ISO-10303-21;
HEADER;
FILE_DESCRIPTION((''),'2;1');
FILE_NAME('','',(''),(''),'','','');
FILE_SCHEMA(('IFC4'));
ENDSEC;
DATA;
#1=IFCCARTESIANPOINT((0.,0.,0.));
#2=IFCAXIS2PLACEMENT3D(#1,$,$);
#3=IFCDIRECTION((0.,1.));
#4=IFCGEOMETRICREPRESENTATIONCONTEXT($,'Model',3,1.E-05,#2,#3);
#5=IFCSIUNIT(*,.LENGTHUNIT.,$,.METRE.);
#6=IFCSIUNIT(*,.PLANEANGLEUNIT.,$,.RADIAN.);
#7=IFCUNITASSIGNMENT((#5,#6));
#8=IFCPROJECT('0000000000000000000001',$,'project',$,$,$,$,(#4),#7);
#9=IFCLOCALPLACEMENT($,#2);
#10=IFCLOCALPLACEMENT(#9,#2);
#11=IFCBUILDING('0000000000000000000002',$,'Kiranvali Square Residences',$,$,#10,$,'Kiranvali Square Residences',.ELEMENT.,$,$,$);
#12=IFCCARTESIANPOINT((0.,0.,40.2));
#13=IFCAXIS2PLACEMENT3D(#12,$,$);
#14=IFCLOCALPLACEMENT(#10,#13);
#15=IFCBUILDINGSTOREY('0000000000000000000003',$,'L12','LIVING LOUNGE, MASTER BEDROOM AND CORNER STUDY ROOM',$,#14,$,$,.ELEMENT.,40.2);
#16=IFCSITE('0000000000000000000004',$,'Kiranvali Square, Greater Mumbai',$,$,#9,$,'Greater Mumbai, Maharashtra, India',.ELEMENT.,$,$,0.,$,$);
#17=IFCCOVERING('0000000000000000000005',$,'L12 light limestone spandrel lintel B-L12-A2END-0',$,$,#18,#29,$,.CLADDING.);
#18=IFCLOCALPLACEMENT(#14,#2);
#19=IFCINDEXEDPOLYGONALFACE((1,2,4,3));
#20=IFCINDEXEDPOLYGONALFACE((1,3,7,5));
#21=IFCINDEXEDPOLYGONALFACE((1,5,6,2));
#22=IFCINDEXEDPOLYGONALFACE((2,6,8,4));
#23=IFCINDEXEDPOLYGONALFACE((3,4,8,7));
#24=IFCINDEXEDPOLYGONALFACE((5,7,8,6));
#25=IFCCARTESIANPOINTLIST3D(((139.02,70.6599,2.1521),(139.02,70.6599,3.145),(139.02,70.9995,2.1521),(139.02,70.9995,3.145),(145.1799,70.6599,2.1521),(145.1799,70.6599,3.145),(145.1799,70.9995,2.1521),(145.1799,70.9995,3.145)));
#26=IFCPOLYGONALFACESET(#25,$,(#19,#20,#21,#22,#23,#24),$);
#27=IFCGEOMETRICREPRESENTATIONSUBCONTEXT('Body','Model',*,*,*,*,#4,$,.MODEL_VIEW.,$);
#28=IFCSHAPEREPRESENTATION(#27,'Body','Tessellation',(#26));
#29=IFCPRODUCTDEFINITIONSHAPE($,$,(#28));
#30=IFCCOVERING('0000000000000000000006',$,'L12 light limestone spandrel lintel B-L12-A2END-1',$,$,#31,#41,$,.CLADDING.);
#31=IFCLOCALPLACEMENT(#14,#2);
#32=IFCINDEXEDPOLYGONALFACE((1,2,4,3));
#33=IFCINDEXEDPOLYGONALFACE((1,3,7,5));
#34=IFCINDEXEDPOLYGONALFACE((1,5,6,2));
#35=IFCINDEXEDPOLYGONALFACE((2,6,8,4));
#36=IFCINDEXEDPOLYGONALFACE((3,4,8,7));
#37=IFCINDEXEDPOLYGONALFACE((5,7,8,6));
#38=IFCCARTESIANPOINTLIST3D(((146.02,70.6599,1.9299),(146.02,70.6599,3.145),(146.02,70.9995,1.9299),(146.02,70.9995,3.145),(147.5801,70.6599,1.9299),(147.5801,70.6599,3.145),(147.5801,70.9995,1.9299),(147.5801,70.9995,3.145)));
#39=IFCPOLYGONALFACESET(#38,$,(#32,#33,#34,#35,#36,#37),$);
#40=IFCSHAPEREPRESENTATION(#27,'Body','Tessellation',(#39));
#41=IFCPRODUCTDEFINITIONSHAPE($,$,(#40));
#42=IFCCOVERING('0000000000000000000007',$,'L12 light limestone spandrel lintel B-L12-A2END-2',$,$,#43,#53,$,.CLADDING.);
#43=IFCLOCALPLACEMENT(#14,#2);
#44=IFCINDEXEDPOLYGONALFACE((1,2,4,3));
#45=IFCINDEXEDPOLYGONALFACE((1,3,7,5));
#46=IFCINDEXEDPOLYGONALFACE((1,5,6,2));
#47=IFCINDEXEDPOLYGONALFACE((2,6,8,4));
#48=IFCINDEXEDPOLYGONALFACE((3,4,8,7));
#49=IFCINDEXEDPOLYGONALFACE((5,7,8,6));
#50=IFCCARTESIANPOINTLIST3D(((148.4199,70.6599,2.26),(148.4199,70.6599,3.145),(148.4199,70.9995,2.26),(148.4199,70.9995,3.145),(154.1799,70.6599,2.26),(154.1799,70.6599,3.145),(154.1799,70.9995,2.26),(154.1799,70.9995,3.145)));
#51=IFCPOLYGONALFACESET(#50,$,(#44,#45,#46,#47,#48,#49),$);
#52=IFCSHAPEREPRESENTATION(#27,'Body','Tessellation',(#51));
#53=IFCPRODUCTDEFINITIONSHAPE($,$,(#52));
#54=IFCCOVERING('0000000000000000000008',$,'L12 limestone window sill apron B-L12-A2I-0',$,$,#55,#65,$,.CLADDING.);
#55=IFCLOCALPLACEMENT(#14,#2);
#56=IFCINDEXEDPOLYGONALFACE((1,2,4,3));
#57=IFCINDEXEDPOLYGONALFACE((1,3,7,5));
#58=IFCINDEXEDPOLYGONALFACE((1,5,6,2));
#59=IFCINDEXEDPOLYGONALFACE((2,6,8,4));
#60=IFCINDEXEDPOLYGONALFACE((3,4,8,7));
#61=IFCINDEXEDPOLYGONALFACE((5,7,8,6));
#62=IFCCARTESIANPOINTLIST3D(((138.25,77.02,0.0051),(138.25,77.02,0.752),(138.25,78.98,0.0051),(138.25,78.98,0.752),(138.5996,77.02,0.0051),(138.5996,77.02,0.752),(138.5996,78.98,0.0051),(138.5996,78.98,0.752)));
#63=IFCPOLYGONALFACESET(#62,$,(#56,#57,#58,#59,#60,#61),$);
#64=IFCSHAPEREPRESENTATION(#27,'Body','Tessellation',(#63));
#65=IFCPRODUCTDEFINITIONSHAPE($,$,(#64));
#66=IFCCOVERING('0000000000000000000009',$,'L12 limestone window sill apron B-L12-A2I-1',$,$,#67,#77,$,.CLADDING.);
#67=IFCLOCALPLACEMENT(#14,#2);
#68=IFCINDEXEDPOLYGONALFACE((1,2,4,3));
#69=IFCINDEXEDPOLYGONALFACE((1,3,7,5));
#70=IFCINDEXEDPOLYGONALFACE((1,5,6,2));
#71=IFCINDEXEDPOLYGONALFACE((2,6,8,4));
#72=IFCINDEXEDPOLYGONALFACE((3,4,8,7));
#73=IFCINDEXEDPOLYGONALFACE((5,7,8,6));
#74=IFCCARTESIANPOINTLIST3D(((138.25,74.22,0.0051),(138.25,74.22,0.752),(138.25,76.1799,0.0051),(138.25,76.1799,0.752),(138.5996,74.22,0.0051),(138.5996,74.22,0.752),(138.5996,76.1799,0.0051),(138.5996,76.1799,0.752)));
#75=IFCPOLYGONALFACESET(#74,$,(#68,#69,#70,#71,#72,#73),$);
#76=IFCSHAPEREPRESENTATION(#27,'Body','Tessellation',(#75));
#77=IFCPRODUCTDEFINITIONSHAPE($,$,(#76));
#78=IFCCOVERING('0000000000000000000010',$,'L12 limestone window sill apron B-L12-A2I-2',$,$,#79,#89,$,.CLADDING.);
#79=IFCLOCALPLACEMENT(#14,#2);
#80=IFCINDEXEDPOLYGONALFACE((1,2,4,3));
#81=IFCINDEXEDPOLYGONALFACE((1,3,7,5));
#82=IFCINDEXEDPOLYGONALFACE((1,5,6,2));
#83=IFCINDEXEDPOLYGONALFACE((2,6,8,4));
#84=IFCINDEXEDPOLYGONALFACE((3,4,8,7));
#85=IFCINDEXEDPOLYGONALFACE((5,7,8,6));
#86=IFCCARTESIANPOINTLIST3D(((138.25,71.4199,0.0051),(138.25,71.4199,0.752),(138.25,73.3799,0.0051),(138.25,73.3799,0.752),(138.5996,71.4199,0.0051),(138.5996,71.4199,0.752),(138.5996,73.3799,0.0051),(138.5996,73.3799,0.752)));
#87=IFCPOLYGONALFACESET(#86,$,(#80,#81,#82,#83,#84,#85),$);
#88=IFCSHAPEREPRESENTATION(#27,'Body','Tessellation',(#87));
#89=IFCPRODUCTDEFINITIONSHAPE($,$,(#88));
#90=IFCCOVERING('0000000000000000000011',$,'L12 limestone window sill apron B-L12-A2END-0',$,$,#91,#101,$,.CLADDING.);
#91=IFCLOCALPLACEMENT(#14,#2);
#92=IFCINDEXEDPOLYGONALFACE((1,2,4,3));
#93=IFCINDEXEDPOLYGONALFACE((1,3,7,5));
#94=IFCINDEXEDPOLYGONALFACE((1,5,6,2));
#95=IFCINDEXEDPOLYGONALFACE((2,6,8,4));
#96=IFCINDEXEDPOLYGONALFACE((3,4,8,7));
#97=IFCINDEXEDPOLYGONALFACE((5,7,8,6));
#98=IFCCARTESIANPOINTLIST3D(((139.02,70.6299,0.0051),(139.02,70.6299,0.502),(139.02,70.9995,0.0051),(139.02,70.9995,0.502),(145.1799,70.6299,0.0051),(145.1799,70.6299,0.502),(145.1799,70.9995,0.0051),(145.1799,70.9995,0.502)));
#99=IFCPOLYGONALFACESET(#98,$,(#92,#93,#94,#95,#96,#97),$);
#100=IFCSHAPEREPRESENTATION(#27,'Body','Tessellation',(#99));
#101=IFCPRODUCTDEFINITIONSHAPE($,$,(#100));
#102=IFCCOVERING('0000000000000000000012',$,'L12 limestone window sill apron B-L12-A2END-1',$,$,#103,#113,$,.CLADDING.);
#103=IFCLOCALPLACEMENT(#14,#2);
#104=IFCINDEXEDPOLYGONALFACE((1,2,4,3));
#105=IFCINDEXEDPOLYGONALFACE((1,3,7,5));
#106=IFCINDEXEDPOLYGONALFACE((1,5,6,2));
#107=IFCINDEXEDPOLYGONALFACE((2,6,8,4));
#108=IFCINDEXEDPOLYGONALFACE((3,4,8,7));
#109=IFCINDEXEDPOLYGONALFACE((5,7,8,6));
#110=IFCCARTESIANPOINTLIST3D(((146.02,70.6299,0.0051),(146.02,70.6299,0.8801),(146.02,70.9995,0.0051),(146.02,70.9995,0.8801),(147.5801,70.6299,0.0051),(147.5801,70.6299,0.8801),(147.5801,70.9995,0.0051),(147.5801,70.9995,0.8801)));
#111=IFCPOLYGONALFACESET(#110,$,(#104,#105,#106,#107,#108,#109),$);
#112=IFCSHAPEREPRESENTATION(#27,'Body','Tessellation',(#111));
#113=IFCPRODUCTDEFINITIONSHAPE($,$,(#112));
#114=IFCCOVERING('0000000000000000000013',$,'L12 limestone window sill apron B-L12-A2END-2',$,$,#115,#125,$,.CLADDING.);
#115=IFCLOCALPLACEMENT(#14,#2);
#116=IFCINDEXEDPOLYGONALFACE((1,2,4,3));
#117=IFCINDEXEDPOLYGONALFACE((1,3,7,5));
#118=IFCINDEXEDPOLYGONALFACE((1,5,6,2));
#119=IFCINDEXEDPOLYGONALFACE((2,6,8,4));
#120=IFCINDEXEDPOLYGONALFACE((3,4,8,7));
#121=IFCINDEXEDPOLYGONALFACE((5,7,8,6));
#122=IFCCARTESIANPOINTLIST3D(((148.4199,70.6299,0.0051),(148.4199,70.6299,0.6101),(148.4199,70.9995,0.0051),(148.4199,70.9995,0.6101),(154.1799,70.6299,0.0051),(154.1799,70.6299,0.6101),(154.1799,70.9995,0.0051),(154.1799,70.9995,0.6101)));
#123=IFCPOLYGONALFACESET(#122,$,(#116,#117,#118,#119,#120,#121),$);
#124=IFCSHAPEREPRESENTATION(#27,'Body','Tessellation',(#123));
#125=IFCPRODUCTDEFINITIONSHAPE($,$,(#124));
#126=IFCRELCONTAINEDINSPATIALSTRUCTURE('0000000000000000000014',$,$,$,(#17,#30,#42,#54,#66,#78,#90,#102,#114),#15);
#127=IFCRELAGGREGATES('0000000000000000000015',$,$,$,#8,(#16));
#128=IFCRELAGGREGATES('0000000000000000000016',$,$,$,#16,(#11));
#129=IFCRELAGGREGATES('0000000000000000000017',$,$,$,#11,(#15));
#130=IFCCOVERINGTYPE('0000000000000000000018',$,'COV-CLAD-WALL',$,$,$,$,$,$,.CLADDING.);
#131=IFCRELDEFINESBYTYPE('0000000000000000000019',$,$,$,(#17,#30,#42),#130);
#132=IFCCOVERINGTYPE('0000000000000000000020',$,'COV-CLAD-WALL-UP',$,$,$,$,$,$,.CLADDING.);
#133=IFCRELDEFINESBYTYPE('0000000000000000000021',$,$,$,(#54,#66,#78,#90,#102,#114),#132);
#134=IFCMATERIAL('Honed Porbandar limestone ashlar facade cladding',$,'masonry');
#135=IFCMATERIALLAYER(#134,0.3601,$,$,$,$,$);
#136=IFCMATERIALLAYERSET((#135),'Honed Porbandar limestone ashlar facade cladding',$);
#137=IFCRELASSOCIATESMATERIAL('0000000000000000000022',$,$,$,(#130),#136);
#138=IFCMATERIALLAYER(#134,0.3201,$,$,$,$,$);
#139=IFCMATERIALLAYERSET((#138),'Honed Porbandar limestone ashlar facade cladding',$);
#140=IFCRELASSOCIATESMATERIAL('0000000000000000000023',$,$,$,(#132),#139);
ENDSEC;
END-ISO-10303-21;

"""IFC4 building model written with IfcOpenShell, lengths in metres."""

from ifc_helpers import new_model, si_unit, direction, frame, origin, place, context, subcontext, project, spatial, polyline, outline, extrude, material, layer, layer_set, type_object, element, save


model = new_model("IFC4")

# Units and contexts
model_context = context("Model", 3, precision=1e-05, world=origin(), true_north=direction((0.0, 1.0)))
body_context = subcontext(model_context, "Body", "Model", "MODEL_VIEW")
ifc_project = project(units=[si_unit("LENGTHUNIT", "METRE"), si_unit("PLANEANGLEUNIT", "RADIAN")], contexts=[model_context])

# Site, building, storey
site_placement = place(None, origin())
site = spatial("IfcSite", under=ifc_project, at=site_placement, Name="Kiranvali Square, Greater Mumbai", LongName="Greater Mumbai, Maharashtra, India", CompositionType="ELEMENT", RefElevation=0.0)
building_placement = place(site_placement, origin())
building = spatial("IfcBuilding", under=site, at=building_placement, Name="Kiranvali Square Residences", LongName="Kiranvali Square Residences", CompositionType="ELEMENT")
storey_placement = place(building_placement, frame((0.0, 0.0, 40.2)))
storey = spatial("IfcBuildingStorey", under=building, at=storey_placement, Name="L12", Description="LIVING LOUNGE, MASTER BEDROOM AND CORNER STUDY ROOM", CompositionType="ELEMENT", Elevation=40.2)

# Coverings
ifc_material_1 = material(Name="Honed Porbandar limestone ashlar facade cladding", Category="masonry")
ifc_layer_1 = layer(ifc_material_1, 0.3601)
ifc_layer_set_1 = layer_set([ifc_layer_1], Name="Honed Porbandar limestone ashlar facade cladding")
covering_type_1 = type_object("IfcCoveringType", Name="COV-CLAD-WALL", PredefinedType="CLADDING", material=ifc_layer_set_1)
covering_1_placement = place(storey_placement, frame((0.0, 0.0, 2.1521)))
element("IfcCovering", 1, at=covering_1_placement, inside=storey, type_object=covering_type_1, Name="L12 light limestone spandrel lintel B-L12-A2END-0", PredefinedType="CLADDING", context=body_context, shape_type="SweptSolid", body=[
    extrude(outline(polyline([(139.02, 70.6599), (145.1799, 70.6599), (145.1799, 70.9995), (139.02, 70.9995), (139.02, 70.6599)])), origin(), (0.0, 0.0, 1.0), 0.9929),
])
covering_2_placement = place(storey_placement, frame((0.0, 0.0, 1.9299)))
element("IfcCovering", 2, at=covering_2_placement, inside=storey, type_object=covering_type_1, Name="L12 light limestone spandrel lintel B-L12-A2END-1", PredefinedType="CLADDING", context=body_context, shape_type="SweptSolid", body=[
    extrude(outline(polyline([(146.02, 70.6599), (147.5801, 70.6599), (147.5801, 70.9995), (146.02, 70.9995), (146.02, 70.6599)])), origin(), (0.0, 0.0, 1.0), 1.2151),
])
covering_3_placement = place(storey_placement, frame((0.0, 0.0, 2.26)))
element("IfcCovering", 3, at=covering_3_placement, inside=storey, type_object=covering_type_1, Name="L12 light limestone spandrel lintel B-L12-A2END-2", PredefinedType="CLADDING", context=body_context, shape_type="SweptSolid", body=[
    extrude(outline(polyline([(148.4199, 70.6599), (154.1799, 70.6599), (154.1799, 70.9995), (148.4199, 70.9995), (148.4199, 70.6599)])), origin(), (0.0, 0.0, 1.0), 0.885),
])
ifc_layer_2 = layer(ifc_material_1, 0.3201)
ifc_layer_set_2 = layer_set([ifc_layer_2], Name="Honed Porbandar limestone ashlar facade cladding")
covering_type_2 = type_object("IfcCoveringType", Name="COV-CLAD-WALL-UP", PredefinedType="CLADDING", material=ifc_layer_set_2)
covering_4_placement = place(storey_placement, frame((0.0, 0.0, 0.0051)))
element("IfcCovering", 4, at=covering_4_placement, inside=storey, type_object=covering_type_2, Name="L12 limestone window sill apron B-L12-A2I-0", PredefinedType="CLADDING", context=body_context, shape_type="SweptSolid", body=[
    extrude(outline(polyline([(138.25, 78.98), (138.25, 77.02), (138.5996, 77.02), (138.5996, 78.98), (138.25, 78.98)])), origin(), (0.0, 0.0, 1.0), 0.7468),
])
covering_5_placement = place(storey_placement, frame((0.0, 0.0, 0.0051)))
element("IfcCovering", 5, at=covering_5_placement, inside=storey, type_object=covering_type_2, Name="L12 limestone window sill apron B-L12-A2I-1", PredefinedType="CLADDING", context=body_context, shape_type="SweptSolid", body=[
    extrude(outline(polyline([(138.25, 76.1799), (138.25, 74.22), (138.5996, 74.22), (138.5996, 76.1799), (138.25, 76.1799)])), origin(), (0.0, 0.0, 1.0), 0.7468),
])
covering_6_placement = place(storey_placement, frame((0.0, 0.0, 0.0051)))
element("IfcCovering", 6, at=covering_6_placement, inside=storey, type_object=covering_type_2, Name="L12 limestone window sill apron B-L12-A2I-2", PredefinedType="CLADDING", context=body_context, shape_type="SweptSolid", body=[
    extrude(outline(polyline([(138.25, 73.3799), (138.25, 71.4199), (138.5996, 71.4199), (138.5996, 73.3799), (138.25, 73.3799)])), origin(), (0.0, 0.0, 1.0), 0.7468),
])
covering_7_placement = place(storey_placement, frame((0.0, 0.0, 0.0051)))
element("IfcCovering", 7, at=covering_7_placement, inside=storey, type_object=covering_type_2, Name="L12 limestone window sill apron B-L12-A2END-0", PredefinedType="CLADDING", context=body_context, shape_type="SweptSolid", body=[
    extrude(outline(polyline([(139.02, 70.6299), (145.1799, 70.6299), (145.1799, 70.9995), (139.02, 70.9995), (139.02, 70.6299)])), origin(), (0.0, 0.0, 1.0), 0.4968),
])
covering_8_placement = place(storey_placement, frame((0.0, 0.0, 0.0051)))
element("IfcCovering", 8, at=covering_8_placement, inside=storey, type_object=covering_type_2, Name="L12 limestone window sill apron B-L12-A2END-1", PredefinedType="CLADDING", context=body_context, shape_type="SweptSolid", body=[
    extrude(outline(polyline([(146.02, 70.6299), (147.5801, 70.6299), (147.5801, 70.9995), (146.02, 70.9995), (146.02, 70.6299)])), origin(), (0.0, 0.0, 1.0), 0.875),
])
covering_9_placement = place(storey_placement, frame((0.0, 0.0, 0.0051)))
element("IfcCovering", 9, at=covering_9_placement, inside=storey, type_object=covering_type_2, Name="L12 limestone window sill apron B-L12-A2END-2", PredefinedType="CLADDING", context=body_context, shape_type="SweptSolid", body=[
    extrude(outline(polyline([(148.4199, 70.6299), (154.1799, 70.6299), (154.1799, 70.9995), (148.4199, 70.9995), (148.4199, 70.6299)])), origin(), (0.0, 0.0, 1.0), 0.605),
])

save(model, "model.ifc")
